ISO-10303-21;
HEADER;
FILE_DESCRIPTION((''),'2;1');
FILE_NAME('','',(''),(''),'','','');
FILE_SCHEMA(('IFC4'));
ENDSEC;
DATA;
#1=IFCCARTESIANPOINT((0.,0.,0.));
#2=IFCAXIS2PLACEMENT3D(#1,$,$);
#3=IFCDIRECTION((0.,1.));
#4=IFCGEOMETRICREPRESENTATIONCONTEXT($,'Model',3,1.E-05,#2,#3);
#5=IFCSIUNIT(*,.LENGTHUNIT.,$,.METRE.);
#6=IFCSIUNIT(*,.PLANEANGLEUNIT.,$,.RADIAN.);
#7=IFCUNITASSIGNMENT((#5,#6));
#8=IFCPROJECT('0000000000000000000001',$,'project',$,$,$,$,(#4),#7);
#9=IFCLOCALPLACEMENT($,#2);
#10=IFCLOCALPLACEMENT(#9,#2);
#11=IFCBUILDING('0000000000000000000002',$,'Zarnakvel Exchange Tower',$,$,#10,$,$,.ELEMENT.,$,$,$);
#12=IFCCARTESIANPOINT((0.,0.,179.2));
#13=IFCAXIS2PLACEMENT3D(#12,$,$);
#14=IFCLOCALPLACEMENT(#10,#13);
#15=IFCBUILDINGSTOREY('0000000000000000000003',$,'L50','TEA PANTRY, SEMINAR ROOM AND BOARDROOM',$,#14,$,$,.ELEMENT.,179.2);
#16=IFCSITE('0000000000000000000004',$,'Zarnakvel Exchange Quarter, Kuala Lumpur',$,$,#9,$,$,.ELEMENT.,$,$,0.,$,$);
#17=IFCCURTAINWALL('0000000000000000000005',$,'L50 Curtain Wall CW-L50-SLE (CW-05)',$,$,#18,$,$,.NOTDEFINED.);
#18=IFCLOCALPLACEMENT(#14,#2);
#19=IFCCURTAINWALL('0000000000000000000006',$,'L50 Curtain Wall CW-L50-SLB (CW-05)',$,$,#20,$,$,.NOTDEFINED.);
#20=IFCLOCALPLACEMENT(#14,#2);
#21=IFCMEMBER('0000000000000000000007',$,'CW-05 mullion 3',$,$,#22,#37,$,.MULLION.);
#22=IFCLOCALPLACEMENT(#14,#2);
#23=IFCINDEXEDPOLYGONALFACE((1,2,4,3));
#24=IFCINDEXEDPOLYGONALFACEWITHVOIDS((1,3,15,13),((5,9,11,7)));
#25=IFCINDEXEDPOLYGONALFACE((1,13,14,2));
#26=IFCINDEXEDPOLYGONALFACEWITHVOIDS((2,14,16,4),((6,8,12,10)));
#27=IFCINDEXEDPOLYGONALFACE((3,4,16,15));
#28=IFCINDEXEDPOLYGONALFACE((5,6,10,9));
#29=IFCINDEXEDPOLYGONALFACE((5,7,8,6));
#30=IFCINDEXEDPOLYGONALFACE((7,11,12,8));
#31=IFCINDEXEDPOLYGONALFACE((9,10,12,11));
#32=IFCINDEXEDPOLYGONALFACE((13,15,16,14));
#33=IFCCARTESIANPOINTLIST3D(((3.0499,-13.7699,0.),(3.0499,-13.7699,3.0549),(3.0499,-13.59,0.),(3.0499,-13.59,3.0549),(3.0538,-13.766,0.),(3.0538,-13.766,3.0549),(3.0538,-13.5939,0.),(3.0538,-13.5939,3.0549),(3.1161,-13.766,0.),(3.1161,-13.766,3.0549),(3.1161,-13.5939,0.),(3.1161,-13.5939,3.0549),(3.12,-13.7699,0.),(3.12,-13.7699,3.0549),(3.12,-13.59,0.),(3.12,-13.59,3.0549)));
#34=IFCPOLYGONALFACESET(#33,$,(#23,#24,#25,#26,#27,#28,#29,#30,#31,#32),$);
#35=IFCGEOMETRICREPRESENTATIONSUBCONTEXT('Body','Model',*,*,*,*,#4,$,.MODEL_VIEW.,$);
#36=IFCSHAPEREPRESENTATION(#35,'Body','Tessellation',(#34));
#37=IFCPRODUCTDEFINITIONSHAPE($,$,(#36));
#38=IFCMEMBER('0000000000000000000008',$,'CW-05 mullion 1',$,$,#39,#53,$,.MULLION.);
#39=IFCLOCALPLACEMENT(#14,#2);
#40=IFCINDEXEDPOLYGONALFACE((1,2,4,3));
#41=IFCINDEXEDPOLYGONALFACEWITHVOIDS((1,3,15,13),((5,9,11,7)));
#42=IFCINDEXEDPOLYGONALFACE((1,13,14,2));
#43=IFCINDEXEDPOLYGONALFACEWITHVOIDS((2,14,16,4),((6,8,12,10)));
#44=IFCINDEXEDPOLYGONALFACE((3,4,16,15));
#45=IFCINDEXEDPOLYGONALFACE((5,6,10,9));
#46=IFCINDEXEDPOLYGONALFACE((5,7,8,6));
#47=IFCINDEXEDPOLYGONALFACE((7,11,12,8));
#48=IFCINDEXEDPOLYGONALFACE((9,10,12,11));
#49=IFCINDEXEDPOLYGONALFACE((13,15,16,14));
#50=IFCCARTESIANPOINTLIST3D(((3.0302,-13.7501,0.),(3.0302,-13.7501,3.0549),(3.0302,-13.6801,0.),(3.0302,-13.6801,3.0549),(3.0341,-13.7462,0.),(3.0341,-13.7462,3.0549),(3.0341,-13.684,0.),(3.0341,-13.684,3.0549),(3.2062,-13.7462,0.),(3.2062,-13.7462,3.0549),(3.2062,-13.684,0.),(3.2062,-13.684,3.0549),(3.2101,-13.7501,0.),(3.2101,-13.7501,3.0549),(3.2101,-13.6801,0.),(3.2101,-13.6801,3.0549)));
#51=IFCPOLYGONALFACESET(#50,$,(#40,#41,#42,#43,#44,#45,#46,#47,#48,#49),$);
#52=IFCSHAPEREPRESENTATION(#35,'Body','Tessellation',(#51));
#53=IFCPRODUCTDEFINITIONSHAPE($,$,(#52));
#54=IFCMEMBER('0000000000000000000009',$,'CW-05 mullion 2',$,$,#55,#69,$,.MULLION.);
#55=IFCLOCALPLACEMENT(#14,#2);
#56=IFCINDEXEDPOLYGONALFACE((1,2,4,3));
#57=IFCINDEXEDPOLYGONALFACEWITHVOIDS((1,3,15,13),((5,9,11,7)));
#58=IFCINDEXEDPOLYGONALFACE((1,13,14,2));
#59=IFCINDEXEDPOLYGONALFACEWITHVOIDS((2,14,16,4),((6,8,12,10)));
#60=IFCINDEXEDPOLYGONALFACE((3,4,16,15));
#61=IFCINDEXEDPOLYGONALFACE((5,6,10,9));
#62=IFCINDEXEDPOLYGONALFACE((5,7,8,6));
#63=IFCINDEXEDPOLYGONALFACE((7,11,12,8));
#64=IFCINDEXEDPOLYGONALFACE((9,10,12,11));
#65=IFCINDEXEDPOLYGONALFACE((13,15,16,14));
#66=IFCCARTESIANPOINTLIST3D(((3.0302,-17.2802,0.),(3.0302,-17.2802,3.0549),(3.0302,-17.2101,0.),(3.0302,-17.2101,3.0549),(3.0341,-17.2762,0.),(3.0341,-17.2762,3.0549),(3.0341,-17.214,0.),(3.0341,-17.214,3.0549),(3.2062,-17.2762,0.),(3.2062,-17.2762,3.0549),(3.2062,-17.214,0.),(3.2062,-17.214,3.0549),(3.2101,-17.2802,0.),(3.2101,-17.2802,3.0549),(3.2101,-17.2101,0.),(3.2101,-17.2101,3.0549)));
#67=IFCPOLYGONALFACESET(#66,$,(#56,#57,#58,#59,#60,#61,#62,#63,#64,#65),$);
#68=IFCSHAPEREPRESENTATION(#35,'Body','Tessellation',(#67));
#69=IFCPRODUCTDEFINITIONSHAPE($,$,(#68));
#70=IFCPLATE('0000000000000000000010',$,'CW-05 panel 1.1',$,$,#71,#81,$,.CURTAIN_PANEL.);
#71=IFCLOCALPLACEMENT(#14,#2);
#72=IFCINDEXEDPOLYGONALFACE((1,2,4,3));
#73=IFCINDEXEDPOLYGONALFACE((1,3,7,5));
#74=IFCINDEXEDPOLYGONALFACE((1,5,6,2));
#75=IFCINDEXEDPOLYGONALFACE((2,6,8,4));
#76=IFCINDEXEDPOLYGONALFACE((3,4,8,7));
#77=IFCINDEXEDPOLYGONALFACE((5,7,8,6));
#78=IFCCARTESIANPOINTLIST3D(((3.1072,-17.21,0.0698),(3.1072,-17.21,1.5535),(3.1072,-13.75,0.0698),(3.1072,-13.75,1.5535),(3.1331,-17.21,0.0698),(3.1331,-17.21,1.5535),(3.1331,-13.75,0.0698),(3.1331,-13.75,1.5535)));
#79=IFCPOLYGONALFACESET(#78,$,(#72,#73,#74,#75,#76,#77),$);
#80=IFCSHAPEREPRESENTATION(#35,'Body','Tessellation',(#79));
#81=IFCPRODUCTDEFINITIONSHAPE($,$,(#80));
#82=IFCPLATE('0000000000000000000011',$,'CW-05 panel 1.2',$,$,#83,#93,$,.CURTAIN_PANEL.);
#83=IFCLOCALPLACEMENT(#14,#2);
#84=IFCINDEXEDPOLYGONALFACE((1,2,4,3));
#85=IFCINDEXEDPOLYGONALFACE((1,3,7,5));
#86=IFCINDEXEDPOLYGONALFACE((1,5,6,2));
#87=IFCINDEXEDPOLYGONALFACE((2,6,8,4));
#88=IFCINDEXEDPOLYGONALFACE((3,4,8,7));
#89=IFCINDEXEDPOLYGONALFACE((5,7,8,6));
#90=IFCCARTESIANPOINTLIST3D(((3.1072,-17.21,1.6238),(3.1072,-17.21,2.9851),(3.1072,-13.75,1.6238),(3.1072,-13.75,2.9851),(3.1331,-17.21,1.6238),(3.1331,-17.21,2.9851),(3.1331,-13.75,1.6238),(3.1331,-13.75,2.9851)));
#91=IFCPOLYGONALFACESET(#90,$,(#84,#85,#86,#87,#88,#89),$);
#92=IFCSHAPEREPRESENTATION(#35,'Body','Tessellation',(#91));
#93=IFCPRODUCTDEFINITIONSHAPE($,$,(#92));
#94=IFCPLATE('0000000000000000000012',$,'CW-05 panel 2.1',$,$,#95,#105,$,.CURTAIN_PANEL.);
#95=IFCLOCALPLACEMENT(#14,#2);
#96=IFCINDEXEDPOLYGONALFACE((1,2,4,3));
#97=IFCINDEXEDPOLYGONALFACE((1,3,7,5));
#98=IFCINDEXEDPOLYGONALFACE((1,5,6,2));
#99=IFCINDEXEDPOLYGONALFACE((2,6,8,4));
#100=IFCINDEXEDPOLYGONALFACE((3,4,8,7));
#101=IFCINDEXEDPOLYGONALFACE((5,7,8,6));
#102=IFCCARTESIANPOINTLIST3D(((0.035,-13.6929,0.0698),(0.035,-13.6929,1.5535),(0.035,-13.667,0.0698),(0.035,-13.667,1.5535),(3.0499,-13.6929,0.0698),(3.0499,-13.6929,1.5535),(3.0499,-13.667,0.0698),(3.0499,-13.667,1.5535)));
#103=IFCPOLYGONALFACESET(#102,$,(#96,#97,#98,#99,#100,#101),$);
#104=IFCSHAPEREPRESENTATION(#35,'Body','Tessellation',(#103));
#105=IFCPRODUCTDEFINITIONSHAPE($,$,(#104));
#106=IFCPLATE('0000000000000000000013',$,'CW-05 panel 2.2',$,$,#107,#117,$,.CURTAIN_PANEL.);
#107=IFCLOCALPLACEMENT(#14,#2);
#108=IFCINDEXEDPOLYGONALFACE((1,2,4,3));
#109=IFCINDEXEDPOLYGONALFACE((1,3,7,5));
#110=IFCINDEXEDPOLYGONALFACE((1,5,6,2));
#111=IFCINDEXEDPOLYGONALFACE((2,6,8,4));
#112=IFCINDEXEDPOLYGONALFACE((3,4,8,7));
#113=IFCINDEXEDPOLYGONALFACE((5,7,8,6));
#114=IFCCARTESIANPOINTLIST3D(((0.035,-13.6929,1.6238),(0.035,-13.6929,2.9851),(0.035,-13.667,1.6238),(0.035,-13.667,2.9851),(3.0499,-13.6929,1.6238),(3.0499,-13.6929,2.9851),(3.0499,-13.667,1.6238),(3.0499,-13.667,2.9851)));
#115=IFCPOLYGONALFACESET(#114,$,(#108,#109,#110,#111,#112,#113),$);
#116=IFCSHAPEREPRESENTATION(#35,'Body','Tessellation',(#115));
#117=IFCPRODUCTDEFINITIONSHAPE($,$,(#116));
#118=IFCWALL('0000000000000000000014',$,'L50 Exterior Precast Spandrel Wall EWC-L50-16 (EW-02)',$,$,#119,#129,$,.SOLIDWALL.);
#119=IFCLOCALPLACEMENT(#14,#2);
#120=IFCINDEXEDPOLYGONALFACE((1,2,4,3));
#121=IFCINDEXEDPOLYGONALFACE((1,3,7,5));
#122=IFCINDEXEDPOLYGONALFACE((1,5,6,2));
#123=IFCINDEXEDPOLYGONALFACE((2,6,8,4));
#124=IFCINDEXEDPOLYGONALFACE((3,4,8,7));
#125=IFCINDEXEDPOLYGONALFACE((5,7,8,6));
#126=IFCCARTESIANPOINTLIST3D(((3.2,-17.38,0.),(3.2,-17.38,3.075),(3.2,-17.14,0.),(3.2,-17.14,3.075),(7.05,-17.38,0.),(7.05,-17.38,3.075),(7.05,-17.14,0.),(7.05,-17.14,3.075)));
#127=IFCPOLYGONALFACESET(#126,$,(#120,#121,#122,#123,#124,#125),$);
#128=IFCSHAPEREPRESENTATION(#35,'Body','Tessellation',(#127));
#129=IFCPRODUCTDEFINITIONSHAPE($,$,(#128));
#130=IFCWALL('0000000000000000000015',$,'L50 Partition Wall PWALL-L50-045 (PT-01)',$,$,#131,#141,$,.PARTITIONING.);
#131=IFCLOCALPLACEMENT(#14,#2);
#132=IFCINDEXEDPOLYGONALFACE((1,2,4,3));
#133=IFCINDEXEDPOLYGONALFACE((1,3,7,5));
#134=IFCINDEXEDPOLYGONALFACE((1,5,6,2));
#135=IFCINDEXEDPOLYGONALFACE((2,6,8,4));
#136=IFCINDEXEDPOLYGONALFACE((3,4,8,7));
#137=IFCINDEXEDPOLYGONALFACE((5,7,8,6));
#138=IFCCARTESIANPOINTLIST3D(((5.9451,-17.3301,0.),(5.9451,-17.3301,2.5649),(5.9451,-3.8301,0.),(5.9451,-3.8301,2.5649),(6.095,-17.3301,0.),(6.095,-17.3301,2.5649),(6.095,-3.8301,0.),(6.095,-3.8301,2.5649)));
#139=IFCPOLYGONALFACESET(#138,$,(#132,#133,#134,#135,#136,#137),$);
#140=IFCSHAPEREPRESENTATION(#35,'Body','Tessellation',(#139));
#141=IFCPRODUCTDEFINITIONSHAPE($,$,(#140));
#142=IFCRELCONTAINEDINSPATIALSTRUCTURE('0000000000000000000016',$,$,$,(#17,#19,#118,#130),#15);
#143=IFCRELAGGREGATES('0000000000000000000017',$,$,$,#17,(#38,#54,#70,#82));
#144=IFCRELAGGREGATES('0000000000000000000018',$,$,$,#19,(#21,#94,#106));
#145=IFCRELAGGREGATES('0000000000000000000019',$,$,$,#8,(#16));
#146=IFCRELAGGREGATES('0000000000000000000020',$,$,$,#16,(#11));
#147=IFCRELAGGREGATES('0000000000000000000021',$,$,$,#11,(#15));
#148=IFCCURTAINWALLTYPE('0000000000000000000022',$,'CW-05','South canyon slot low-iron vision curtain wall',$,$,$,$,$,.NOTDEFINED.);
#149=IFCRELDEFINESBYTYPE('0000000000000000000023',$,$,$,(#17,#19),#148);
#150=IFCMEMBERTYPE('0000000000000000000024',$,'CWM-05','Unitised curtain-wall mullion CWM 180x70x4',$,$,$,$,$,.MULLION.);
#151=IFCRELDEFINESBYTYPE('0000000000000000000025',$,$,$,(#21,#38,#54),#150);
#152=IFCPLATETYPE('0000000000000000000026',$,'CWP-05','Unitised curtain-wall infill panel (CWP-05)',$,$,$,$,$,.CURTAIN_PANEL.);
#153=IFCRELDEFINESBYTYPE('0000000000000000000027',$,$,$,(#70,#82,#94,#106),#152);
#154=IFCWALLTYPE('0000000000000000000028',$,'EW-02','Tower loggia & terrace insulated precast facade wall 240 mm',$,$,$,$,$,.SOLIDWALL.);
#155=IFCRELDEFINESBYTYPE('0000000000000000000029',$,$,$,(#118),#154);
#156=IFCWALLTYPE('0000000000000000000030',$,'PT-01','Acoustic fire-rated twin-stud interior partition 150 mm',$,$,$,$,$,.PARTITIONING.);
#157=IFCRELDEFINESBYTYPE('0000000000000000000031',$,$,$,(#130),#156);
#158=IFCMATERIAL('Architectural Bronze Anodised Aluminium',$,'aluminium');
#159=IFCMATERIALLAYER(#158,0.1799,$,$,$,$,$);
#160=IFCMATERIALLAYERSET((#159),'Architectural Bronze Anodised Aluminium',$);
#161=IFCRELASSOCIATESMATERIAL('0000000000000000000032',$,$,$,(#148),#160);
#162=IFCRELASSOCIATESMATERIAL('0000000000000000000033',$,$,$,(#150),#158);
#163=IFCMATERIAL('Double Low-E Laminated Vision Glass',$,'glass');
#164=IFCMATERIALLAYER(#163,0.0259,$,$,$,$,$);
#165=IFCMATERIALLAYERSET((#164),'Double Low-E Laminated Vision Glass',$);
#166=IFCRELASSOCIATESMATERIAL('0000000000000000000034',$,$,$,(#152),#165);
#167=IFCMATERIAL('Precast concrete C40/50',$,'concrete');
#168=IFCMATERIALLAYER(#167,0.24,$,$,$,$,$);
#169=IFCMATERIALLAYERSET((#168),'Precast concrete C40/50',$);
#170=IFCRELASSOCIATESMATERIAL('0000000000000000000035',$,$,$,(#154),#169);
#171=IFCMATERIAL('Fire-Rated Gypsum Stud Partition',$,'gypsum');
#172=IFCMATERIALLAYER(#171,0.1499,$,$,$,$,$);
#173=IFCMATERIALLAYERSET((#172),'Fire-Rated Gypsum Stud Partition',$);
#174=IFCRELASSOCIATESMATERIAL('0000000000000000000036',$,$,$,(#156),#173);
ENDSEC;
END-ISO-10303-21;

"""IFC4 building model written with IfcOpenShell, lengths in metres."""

from ifc_helpers import new_model, si_unit, direction, frame, frame_2d, origin, origin_2d, place, context, subcontext, project, spatial, rectangle, hollow_rectangle, extrude, source, transform, mapped, material, layer, layer_set, material_profile, profile_set, type_object, element, aggregate, save


model = new_model("IFC4")

# Units and contexts
model_context = context("Model", 3, precision=1e-05, world=origin(), true_north=direction((0.0, 1.0)))
body_context = subcontext(model_context, "Body", "Model", "MODEL_VIEW")
ifc_project = project(units=[si_unit("LENGTHUNIT", "METRE"), si_unit("PLANEANGLEUNIT", "RADIAN")], contexts=[model_context])

# Site, building, storey
site_placement = place(None, origin())
site = spatial("IfcSite", under=ifc_project, at=site_placement, Name="Zarnakvel Exchange Quarter, Kuala Lumpur", CompositionType="ELEMENT", RefElevation=0.0)
building_placement = place(site_placement, origin())
building = spatial("IfcBuilding", under=site, at=building_placement, Name="Zarnakvel Exchange Tower", CompositionType="ELEMENT")
storey_placement = place(building_placement, frame((0.0, 0.0, 179.2)))
storey = spatial("IfcBuildingStorey", under=building, at=storey_placement, Name="L50", Description="TEA PANTRY, SEMINAR ROOM AND BOARDROOM", CompositionType="ELEMENT", Elevation=179.2)

# Curtain walls, member
ifc_material_1 = material(Name="Architectural Bronze Anodised Aluminium", Category="aluminium")
ifc_layer_1 = layer(ifc_material_1, 0.1799)
ifc_layer_set_1 = layer_set([ifc_layer_1], Name="Architectural Bronze Anodised Aluminium")
curtain_wall_type = type_object("IfcCurtainWallType", Name="CW-05", Description="South canyon slot low-iron vision curtain wall", PredefinedType="NOTDEFINED", material=ifc_layer_set_1)
curtain_wall_1_placement = place(storey_placement, origin())
curtain_wall_1 = element("IfcCurtainWall", 1, at=curtain_wall_1_placement, inside=storey, type_object=curtain_wall_type, Name="L50 Curtain Wall CW-L50-SLE (CW-05)", PredefinedType="NOTDEFINED")
curtain_wall_2_placement = place(storey_placement, origin())
curtain_wall_2 = element("IfcCurtainWall", 2, at=curtain_wall_2_placement, inside=storey, type_object=curtain_wall_type, Name="L50 Curtain Wall CW-L50-SLB (CW-05)", PredefinedType="NOTDEFINED")
ifc_material_profile_1 = material_profile(ifc_material_1, hollow_rectangle(XDim=0.1799, YDim=0.0701, WallThickness=0.0039, at=origin_2d()))
ifc_profile_set_1 = profile_set([ifc_material_profile_1], Name="Architectural Bronze Anodised Aluminium")
member_type_1 = type_object("IfcMemberType", Name="CWM-05", Description="Unitised curtain-wall mullion CWM 180x70x4", PredefinedType="MULLION", material=ifc_profile_set_1)
shared_shape_1 = source(origin(), body_context, "Body", "SweptSolid", [
    extrude(hollow_rectangle(XDim=0.1799, YDim=0.0701, WallThickness=0.0039, at=origin_2d()), origin(), (0.0, 0.0, 1.0), 3.0549),
])
member_1_placement = place(storey_placement, frame((3.085, -13.6799, 0.0), z_axis=(0.0, 0.0, 1.0), x_axis=(0.0, 1.0, 0.0)))
member_1 = element("IfcMember", 3, at=member_1_placement, type_object=member_type_1, Name="CW-05 mullion 3", PredefinedType="MULLION", context=body_context, shape_type="MappedRepresentation", body=[
    mapped(shared_shape_1, transform((0.0, 0.0, 0.0), x_axis=(1.0, 0.0, 0.0), y_axis=(0.0, 1.0, 0.0), z_axis=(0.0, 0.0, 1.0), scale=1.0)),
])

# Members
member_2_placement = place(storey_placement, frame((3.1201, -13.7151, 0.0), z_axis=(0.0, 0.0, 1.0), x_axis=(1.0, 0.0, 0.0)))
member_2 = element("IfcMember", 4, at=member_2_placement, type_object=member_type_1, Name="CW-05 mullion 1", PredefinedType="MULLION", context=body_context, shape_type="MappedRepresentation", body=[
    mapped(shared_shape_1, transform((0.0, 0.0, 0.0), x_axis=(1.0, 0.0, 0.0), y_axis=(0.0, 1.0, 0.0), z_axis=(0.0, 0.0, 1.0), scale=1.0)),
])
member_3_placement = place(storey_placement, frame((3.1201, -17.2451, 0.0), z_axis=(0.0, 0.0, 1.0), x_axis=(1.0, 0.0, 0.0)))
member_3 = element("IfcMember", 5, at=member_3_placement, type_object=member_type_1, Name="CW-05 mullion 2", PredefinedType="MULLION", context=body_context, shape_type="MappedRepresentation", body=[
    mapped(shared_shape_1, transform((0.0, 0.0, 0.0), x_axis=(1.0, 0.0, 0.0), y_axis=(0.0, 1.0, 0.0), z_axis=(0.0, 0.0, 1.0), scale=1.0)),
])

# Plates
ifc_material_2 = material(Name="Double Low-E Laminated Vision Glass", Category="glass")
ifc_layer_2 = layer(ifc_material_2, 0.0259)
ifc_layer_set_2 = layer_set([ifc_layer_2], Name="Double Low-E Laminated Vision Glass")
plate_type = type_object("IfcPlateType", Name="CWP-05", Description="Unitised curtain-wall infill panel (CWP-05)", PredefinedType="CURTAIN_PANEL", material=ifc_layer_set_2)
shared_shape_2 = source(origin(), body_context, "Body", "SweptSolid", [
    extrude(rectangle(XDim=3.46, YDim=0.0259, at=origin_2d()), origin(), (0.0, 0.0, 1.0), 1.4836),
])
plate_1_placement = place(storey_placement, frame((3.1201, -15.48, 0.0698), z_axis=(0.0, 0.0, 1.0), x_axis=(0.0, -1.0, 0.0)))
plate_1 = element("IfcPlate", 6, at=plate_1_placement, type_object=plate_type, Name="CW-05 panel 1.1", PredefinedType="CURTAIN_PANEL", context=body_context, shape_type="MappedRepresentation", body=[
    mapped(shared_shape_2, transform((0.0, 0.0, 0.0), x_axis=(1.0, 0.0, 0.0), y_axis=(0.0, 1.0, 0.0), z_axis=(0.0, 0.0, 1.0), scale=1.0)),
])
shared_shape_3 = source(origin(), body_context, "Body", "SweptSolid", [
    extrude(rectangle(XDim=3.46, YDim=0.0259, at=origin_2d()), origin(), (0.0, 0.0, 1.0), 1.3613),
])
plate_2_placement = place(storey_placement, frame((3.1201, -15.48, 1.6238), z_axis=(0.0, 0.0, 1.0), x_axis=(0.0, -1.0, 0.0)))
plate_2 = element("IfcPlate", 7, at=plate_2_placement, type_object=plate_type, Name="CW-05 panel 1.2", PredefinedType="CURTAIN_PANEL", context=body_context, shape_type="MappedRepresentation", body=[
    mapped(shared_shape_3, transform((0.0, 0.0, 0.0), x_axis=(1.0, 0.0, 0.0), y_axis=(0.0, 1.0, 0.0), z_axis=(0.0, 0.0, 1.0), scale=1.0)),
])
aggregate(curtain_wall_1, [member_2, member_3, plate_1, plate_2])
shared_shape_4 = source(origin(), body_context, "Body", "SweptSolid", [
    extrude(rectangle(XDim=3.0149, YDim=0.0259, at=origin_2d()), origin(), (0.0, 0.0, 1.0), 1.4836),
])
plate_3_placement = place(storey_placement, frame((1.5425, -13.6799, 0.0698), z_axis=(0.0, 0.0, 1.0), x_axis=(1.0, 0.0, 0.0)))
plate_3 = element("IfcPlate", 8, at=plate_3_placement, type_object=plate_type, Name="CW-05 panel 2.1", PredefinedType="CURTAIN_PANEL", context=body_context, shape_type="MappedRepresentation", body=[
    mapped(shared_shape_4, transform((0.0, 0.0, 0.0), x_axis=(1.0, 0.0, 0.0), y_axis=(0.0, 1.0, 0.0), z_axis=(0.0, 0.0, 1.0), scale=1.0)),
])
shared_shape_5 = source(origin(), body_context, "Body", "SweptSolid", [
    extrude(rectangle(XDim=3.0149, YDim=0.0259, at=origin_2d()), origin(), (0.0, 0.0, 1.0), 1.3613),
])
plate_4_placement = place(storey_placement, frame((1.5425, -13.6799, 1.6238), z_axis=(0.0, 0.0, 1.0), x_axis=(1.0, 0.0, 0.0)))
plate_4 = element("IfcPlate", 9, at=plate_4_placement, type_object=plate_type, Name="CW-05 panel 2.2", PredefinedType="CURTAIN_PANEL", context=body_context, shape_type="MappedRepresentation", body=[
    mapped(shared_shape_5, transform((0.0, 0.0, 0.0), x_axis=(1.0, 0.0, 0.0), y_axis=(0.0, 1.0, 0.0), z_axis=(0.0, 0.0, 1.0), scale=1.0)),
])
aggregate(curtain_wall_2, [member_1, plate_3, plate_4])

# Walls
ifc_material_3 = material(Name="Precast concrete C40/50", Category="concrete")
ifc_layer_3 = layer(ifc_material_3, 0.24)
ifc_layer_set_3 = layer_set([ifc_layer_3], Name="Precast concrete C40/50")
wall_type_1 = type_object("IfcWallType", Name="EW-02", Description="Tower loggia & terrace insulated precast facade wall 240 mm", PredefinedType="SOLIDWALL", material=ifc_layer_set_3)
wall_1_placement = place(storey_placement, frame((3.2, -17.26, 0.0), z_axis=(0.0, 0.0, 1.0), x_axis=(1.0, 0.0, 0.0)))
element("IfcWall", 10, at=wall_1_placement, inside=storey, type_object=wall_type_1, Name="L50 Exterior Precast Spandrel Wall EWC-L50-16 (EW-02)", PredefinedType="SOLIDWALL", context=body_context, shape_type="SweptSolid", body=[
    extrude(rectangle(XDim=3.8501, YDim=0.24, at=frame_2d((1.925, 0.0))), origin(), (0.0, 0.0, 1.0), 3.075),
])
ifc_material_4 = material(Name="Fire-Rated Gypsum Stud Partition", Category="gypsum")
ifc_layer_4 = layer(ifc_material_4, 0.1499)
ifc_layer_set_4 = layer_set([ifc_layer_4], Name="Fire-Rated Gypsum Stud Partition")
wall_type_2 = type_object("IfcWallType", Name="PT-01", Description="Acoustic fire-rated twin-stud interior partition 150 mm", PredefinedType="PARTITIONING", material=ifc_layer_set_4)
wall_2_placement = place(storey_placement, frame((6.02, -17.3301, 0.0), z_axis=(0.0, 0.0, 1.0), x_axis=(0.0, 1.0, 0.0)))
element("IfcWall", 11, at=wall_2_placement, inside=storey, type_object=wall_type_2, Name="L50 Partition Wall PWALL-L50-045 (PT-01)", PredefinedType="PARTITIONING", context=body_context, shape_type="SweptSolid", body=[
    extrude(rectangle(XDim=13.5, YDim=0.1499, at=frame_2d((6.75, 0.0))), origin(), (0.0, 0.0, 1.0), 2.5649),
])

save(model, "model.ifc")
